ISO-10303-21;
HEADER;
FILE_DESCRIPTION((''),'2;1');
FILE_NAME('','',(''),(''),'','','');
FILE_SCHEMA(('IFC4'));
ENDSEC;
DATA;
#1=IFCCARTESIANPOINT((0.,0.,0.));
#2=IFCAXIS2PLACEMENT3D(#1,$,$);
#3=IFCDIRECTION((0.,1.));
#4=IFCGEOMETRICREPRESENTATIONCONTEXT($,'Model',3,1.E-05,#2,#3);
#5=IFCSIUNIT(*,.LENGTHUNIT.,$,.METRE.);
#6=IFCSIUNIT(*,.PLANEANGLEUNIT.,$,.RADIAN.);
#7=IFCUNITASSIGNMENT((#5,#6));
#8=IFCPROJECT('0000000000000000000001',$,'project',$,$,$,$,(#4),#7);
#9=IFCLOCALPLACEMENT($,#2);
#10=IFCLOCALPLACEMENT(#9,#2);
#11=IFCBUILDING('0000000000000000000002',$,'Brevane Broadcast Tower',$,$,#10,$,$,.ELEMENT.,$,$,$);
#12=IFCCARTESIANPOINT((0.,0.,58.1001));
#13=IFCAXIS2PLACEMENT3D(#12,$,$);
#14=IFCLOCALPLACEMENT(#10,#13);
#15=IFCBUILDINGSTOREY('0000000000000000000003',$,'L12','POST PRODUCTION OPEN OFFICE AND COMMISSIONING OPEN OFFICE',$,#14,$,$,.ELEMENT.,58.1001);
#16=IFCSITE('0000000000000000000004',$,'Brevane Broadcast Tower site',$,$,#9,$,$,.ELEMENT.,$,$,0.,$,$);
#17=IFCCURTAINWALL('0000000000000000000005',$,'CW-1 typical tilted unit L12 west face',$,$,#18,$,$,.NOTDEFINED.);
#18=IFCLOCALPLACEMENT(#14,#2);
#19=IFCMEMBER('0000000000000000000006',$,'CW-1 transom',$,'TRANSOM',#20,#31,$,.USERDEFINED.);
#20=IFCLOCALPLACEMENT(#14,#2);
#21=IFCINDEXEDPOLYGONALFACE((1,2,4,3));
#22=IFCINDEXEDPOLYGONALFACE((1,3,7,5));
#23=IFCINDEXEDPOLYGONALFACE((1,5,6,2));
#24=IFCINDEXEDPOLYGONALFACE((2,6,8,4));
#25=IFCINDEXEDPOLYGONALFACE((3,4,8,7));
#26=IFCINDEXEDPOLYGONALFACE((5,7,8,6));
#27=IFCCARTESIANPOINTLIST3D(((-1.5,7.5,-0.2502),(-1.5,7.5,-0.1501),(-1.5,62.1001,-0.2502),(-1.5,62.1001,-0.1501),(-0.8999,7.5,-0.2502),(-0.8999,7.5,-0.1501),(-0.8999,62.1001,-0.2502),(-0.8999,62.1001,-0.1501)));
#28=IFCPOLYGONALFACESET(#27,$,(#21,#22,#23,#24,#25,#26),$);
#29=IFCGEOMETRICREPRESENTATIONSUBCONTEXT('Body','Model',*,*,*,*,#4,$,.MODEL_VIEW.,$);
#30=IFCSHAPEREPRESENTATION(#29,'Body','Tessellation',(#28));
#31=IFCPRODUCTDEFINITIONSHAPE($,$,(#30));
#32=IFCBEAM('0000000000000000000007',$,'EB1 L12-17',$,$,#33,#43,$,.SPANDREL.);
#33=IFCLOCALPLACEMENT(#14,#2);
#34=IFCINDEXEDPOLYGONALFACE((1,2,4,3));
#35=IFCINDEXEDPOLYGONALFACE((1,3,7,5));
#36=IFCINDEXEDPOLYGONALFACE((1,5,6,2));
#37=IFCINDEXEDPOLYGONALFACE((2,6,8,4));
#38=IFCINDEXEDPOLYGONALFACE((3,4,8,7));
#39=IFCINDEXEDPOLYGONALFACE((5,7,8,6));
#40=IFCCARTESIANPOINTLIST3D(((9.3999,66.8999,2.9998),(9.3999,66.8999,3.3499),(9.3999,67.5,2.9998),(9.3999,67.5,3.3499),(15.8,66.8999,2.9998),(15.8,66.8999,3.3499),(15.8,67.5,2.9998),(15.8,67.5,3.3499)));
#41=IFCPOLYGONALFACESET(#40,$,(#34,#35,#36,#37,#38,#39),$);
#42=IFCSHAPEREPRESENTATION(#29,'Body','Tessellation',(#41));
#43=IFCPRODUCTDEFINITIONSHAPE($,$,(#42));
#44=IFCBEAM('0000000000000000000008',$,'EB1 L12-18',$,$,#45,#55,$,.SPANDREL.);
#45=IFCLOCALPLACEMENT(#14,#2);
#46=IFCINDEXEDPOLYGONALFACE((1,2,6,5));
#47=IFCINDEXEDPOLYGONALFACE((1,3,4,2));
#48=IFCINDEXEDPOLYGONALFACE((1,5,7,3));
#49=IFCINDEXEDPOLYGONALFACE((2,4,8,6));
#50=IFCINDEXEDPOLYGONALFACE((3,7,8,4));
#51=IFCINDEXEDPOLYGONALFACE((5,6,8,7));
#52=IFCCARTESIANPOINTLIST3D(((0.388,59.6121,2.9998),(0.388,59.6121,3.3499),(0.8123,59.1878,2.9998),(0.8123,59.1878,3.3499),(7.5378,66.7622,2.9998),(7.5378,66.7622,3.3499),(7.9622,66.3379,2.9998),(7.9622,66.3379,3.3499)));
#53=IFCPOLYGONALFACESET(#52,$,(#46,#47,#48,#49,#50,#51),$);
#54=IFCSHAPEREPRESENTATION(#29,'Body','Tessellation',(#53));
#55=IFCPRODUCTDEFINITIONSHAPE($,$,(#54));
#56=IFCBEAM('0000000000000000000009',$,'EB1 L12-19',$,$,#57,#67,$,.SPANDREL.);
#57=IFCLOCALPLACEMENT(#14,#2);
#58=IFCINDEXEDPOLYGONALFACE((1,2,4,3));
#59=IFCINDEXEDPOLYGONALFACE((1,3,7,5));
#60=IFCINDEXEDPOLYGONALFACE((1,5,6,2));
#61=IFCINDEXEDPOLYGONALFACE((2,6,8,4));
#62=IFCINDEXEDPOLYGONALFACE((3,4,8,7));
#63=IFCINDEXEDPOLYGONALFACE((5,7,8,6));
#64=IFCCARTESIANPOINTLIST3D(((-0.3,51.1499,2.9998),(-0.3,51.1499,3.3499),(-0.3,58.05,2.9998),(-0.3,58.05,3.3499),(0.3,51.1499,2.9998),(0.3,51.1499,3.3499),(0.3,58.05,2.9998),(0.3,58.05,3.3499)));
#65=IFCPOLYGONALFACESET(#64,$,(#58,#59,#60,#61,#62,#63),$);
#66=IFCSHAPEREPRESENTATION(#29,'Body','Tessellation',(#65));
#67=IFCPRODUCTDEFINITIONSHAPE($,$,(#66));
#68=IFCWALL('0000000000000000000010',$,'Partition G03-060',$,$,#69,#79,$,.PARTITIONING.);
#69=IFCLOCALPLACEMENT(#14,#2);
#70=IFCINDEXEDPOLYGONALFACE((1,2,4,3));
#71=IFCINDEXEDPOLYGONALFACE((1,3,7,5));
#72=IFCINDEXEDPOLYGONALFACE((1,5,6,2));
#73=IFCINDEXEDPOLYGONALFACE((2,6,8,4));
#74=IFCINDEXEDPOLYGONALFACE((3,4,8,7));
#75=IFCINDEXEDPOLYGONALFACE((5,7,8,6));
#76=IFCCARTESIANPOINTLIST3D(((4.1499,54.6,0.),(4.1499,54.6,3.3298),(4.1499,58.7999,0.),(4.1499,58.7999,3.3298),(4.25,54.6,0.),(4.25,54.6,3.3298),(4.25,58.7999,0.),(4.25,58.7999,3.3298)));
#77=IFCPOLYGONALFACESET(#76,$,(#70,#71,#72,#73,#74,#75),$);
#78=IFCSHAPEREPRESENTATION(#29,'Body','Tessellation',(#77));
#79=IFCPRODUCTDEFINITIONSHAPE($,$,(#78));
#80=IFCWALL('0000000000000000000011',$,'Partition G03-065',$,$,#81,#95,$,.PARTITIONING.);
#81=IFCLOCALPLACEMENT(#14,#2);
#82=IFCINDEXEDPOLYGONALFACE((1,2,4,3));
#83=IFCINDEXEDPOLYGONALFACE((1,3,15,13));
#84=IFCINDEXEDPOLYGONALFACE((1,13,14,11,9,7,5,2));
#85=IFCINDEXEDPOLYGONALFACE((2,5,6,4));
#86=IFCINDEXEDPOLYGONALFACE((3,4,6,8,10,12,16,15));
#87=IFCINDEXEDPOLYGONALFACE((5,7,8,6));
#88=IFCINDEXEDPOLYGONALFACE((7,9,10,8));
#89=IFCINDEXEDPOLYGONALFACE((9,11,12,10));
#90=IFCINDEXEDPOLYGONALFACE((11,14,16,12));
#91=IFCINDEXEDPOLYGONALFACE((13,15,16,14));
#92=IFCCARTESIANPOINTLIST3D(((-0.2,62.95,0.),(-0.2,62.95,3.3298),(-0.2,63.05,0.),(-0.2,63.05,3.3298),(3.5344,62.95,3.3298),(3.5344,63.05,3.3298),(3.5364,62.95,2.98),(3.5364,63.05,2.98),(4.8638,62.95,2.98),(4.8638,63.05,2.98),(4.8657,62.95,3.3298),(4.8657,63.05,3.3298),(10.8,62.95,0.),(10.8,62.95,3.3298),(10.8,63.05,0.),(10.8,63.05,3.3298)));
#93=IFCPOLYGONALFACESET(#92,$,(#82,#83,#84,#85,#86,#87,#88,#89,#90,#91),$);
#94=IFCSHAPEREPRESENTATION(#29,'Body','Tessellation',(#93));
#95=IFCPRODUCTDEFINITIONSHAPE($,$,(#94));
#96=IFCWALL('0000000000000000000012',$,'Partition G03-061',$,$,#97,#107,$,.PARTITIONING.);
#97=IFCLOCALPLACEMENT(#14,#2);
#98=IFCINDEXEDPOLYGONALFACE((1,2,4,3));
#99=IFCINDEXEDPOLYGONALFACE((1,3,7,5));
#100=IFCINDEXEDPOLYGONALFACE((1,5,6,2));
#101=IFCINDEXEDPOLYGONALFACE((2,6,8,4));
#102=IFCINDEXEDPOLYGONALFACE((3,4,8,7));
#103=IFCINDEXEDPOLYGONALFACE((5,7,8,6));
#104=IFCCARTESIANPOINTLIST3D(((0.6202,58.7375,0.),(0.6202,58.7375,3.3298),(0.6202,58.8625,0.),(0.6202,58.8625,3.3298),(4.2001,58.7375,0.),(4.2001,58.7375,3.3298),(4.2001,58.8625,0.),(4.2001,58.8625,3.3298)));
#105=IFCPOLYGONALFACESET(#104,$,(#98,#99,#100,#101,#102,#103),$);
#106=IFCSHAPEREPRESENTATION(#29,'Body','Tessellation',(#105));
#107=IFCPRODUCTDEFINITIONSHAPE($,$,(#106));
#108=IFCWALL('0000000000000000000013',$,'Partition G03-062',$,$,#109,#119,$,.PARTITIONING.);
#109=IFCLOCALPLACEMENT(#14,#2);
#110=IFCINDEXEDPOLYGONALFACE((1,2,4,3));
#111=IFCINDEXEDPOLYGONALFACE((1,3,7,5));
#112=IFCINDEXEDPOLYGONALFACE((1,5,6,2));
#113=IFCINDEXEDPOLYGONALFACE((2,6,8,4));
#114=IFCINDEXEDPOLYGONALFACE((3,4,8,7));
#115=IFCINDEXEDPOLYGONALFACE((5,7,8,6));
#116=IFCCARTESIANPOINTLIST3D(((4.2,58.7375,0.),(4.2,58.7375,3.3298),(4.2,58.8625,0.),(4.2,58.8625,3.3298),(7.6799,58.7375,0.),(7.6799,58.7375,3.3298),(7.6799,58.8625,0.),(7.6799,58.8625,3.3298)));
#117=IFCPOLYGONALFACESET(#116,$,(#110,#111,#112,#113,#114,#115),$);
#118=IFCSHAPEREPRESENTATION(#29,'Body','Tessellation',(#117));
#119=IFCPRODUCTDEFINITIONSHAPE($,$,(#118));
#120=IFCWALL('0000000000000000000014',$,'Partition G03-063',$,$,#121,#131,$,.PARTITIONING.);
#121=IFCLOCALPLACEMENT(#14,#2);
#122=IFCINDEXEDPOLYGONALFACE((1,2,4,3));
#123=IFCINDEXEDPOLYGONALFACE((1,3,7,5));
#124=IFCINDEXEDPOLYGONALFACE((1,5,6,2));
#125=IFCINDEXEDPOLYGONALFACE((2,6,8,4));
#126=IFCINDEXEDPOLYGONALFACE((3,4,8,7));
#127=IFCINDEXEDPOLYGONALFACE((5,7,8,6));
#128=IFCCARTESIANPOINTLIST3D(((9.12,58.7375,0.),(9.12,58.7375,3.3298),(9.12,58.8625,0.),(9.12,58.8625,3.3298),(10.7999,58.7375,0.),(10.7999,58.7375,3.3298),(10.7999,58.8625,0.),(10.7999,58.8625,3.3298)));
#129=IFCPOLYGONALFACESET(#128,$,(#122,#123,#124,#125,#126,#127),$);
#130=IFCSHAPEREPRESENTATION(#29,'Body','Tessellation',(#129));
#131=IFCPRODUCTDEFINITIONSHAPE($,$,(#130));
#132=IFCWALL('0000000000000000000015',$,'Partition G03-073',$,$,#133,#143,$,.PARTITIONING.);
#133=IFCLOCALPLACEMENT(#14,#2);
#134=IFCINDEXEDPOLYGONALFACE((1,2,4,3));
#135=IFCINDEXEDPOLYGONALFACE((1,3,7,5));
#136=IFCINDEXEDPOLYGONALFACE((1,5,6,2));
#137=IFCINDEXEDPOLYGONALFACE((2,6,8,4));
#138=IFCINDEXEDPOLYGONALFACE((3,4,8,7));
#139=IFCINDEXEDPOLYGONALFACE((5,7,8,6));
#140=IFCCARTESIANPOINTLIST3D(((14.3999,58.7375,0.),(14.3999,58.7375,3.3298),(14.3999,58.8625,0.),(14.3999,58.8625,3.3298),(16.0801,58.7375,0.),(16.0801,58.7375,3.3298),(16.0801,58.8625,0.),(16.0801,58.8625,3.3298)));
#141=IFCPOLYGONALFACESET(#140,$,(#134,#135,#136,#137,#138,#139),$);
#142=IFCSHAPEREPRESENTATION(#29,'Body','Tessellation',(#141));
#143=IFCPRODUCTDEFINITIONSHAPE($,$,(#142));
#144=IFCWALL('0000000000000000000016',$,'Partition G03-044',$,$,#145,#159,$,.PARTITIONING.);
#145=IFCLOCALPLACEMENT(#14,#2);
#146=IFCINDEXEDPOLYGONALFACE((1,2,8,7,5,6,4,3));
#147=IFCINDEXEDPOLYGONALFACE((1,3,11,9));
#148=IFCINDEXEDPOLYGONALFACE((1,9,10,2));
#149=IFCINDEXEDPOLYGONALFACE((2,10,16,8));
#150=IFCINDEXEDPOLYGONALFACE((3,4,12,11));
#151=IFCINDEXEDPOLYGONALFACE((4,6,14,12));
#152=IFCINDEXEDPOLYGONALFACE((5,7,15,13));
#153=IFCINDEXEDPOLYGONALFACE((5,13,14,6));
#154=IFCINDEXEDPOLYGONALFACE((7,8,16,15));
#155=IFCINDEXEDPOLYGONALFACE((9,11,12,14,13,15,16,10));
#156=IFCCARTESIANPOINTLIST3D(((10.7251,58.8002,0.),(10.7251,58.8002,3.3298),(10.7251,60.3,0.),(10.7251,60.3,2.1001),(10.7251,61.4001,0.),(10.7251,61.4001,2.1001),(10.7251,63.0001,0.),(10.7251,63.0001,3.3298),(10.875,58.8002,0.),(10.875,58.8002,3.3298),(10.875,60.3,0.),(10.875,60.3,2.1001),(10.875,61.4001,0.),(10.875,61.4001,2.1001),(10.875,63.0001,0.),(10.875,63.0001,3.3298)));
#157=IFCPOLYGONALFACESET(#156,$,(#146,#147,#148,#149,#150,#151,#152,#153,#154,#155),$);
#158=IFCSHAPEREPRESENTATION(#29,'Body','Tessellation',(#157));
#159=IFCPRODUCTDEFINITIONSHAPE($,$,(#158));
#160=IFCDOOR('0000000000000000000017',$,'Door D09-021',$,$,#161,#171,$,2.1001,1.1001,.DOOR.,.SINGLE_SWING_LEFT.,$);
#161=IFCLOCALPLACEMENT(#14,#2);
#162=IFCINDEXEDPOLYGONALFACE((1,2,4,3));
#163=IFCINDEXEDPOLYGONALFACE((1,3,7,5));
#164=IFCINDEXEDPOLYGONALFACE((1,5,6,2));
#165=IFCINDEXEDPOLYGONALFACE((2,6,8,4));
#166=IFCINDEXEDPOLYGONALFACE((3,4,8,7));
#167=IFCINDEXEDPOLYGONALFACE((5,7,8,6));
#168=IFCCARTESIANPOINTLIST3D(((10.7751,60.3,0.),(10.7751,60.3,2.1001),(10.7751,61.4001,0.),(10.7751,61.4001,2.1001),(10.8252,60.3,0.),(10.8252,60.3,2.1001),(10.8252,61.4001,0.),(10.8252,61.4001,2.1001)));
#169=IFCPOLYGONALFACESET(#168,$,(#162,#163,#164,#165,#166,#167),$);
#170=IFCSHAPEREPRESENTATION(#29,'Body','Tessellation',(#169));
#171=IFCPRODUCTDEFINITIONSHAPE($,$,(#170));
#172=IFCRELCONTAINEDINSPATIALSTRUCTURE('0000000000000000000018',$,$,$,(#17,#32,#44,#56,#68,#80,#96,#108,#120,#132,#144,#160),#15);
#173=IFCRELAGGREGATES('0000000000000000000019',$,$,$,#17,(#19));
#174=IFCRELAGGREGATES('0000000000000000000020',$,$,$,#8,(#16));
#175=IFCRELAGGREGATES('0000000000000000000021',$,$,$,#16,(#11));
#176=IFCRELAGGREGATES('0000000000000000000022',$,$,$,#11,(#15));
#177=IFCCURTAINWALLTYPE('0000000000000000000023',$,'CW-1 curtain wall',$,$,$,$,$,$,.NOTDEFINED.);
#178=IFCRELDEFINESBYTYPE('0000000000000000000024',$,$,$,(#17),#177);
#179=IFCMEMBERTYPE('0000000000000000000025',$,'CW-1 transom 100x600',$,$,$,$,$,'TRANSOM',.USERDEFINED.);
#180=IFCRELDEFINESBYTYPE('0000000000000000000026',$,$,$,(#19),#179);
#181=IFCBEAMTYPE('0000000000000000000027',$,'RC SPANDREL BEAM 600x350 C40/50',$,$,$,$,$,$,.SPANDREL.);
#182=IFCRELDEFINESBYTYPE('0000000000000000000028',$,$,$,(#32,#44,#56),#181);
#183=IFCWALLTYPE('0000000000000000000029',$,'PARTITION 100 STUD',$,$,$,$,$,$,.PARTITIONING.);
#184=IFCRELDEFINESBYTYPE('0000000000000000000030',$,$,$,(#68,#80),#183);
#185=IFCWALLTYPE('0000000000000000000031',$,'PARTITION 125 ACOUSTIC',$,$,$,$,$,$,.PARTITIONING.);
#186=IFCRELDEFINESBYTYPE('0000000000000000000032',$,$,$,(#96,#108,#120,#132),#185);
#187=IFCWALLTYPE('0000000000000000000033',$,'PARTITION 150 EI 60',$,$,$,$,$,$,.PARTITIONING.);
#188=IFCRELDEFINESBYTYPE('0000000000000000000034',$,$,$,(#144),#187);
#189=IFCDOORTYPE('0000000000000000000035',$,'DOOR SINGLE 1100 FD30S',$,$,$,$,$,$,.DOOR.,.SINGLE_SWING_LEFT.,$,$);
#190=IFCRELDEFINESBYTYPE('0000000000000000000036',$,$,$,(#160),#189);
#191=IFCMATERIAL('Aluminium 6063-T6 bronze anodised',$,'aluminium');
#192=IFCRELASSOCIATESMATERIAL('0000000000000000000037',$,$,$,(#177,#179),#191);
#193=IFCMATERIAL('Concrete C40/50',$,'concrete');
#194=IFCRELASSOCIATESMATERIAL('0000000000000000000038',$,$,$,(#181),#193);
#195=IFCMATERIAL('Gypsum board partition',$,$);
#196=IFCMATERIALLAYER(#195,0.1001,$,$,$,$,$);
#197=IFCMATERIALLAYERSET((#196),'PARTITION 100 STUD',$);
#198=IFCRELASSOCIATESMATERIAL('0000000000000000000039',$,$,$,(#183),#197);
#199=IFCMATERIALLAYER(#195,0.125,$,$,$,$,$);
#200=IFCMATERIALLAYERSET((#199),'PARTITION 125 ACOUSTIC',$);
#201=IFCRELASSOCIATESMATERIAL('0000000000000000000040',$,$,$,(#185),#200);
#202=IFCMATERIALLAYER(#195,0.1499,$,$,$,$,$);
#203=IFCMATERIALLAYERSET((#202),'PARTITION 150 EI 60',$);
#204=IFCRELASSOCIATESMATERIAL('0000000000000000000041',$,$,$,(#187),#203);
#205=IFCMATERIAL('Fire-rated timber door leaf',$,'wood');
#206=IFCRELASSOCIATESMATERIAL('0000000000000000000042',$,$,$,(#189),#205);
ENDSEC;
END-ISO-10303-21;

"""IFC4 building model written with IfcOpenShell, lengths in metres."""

from ifc_helpers import new_model, si_unit, direction, frame, frame_2d, origin, origin_2d, place, context, subcontext, project, spatial, polyline, rectangle, outline, extrude, material, layer, layer_set, material_profile, profile_set, type_object, element, fill, aggregate, save


model = new_model("IFC4")

# Units and contexts
model_context = context("Model", 3, precision=1e-05, world=origin(), true_north=direction((0.0, 1.0)))
body_context = subcontext(model_context, "Body", "Model", "MODEL_VIEW")
ifc_project = project(units=[si_unit("LENGTHUNIT", "METRE"), si_unit("PLANEANGLEUNIT", "RADIAN")], contexts=[model_context])

# Site, building, storey
site_placement = place(None, origin())
site = spatial("IfcSite", under=ifc_project, at=site_placement, Name="Brevane Broadcast Tower site", CompositionType="ELEMENT", RefElevation=0.0)
building_placement = place(site_placement, origin())
building = spatial("IfcBuilding", under=site, at=building_placement, Name="Brevane Broadcast Tower", CompositionType="ELEMENT")
storey_placement = place(building_placement, frame((0.0, 0.0, 58.1001)))
storey = spatial("IfcBuildingStorey", under=building, at=storey_placement, Name="L12", Description="POST PRODUCTION OPEN OFFICE AND COMMISSIONING OPEN OFFICE", CompositionType="ELEMENT", Elevation=58.1001)

# Shared definitions
ifc_material_1 = material(Name="Aluminium 6063-T6 bronze anodised", Category="aluminium")
curtain_wall_type = type_object("IfcCurtainWallType", Name="CW-1 curtain wall", PredefinedType="NOTDEFINED", material=ifc_material_1)

# Curtain wall
curtain_wall_1_placement = place(storey_placement, origin())
curtain_wall_1 = element("IfcCurtainWall", 1, at=curtain_wall_1_placement, inside=storey, type_object=curtain_wall_type, Name="CW-1 typical tilted unit L12 west face", PredefinedType="NOTDEFINED")

# Member
ifc_material_profile_1 = material_profile(ifc_material_1, rectangle(XDim=0.6001, YDim=0.1001, at=origin_2d()), Name="RECT 100x600")
ifc_profile_set_1 = profile_set([ifc_material_profile_1], Name="Aluminium 6063-T6 bronze anodised")
member_type_1 = type_object("IfcMemberType", Name="CW-1 transom 100x600", ElementType="TRANSOM", PredefinedType="USERDEFINED", material=ifc_profile_set_1)
member_1_placement = place(storey_placement, frame((-1.2, 62.1001, -0.2002), z_axis=(0.0, -1.0, 0.0), x_axis=(1.0, 0.0, 0.0)))
member_1 = element("IfcMember", 2, at=member_1_placement, type_object=member_type_1, Name="CW-1 transom", ObjectType="TRANSOM", PredefinedType="USERDEFINED", context=body_context, shape_type="SweptSolid", body=[
    extrude(rectangle(XDim=0.6001, YDim=0.1001, at=origin_2d()), origin(), (0.0, 0.0, 1.0), 54.6001),
])
aggregate(curtain_wall_1, [member_1])

# Beams
ifc_material_2 = material(Name="Concrete C40/50", Category="concrete")
ifc_material_profile_2 = material_profile(ifc_material_2, rectangle(XDim=0.6001, YDim=0.3501, at=origin_2d()), Name="RC 600x350")
ifc_profile_set_2 = profile_set([ifc_material_profile_2], Name="Concrete C40/50")
beam_type = type_object("IfcBeamType", Name="RC SPANDREL BEAM 600x350 C40/50", PredefinedType="SPANDREL", material=ifc_profile_set_2)
beam_1_placement = place(storey_placement, frame((15.8, 67.2, 3.1748), z_axis=(-1.0, 0.0, 0.0), x_axis=(0.0, -1.0, 0.0)))
element("IfcBeam", 3, at=beam_1_placement, inside=storey, type_object=beam_type, Name="EB1 L12-17", PredefinedType="SPANDREL", context=body_context, shape_type="SweptSolid", body=[
    extrude(rectangle(XDim=0.6001, YDim=0.3501, at=origin_2d()), origin(), (0.0, 0.0, 1.0), 6.4001),
])
beam_2_placement = place(storey_placement, frame((7.75, 66.55, 3.1748), z_axis=(-0.707095, -0.707119, 0.0), x_axis=(0.707119, -0.707095, 0.0)))
element("IfcBeam", 4, at=beam_2_placement, inside=storey, type_object=beam_type, Name="EB1 L12-18", PredefinedType="SPANDREL", context=body_context, shape_type="SweptSolid", body=[
    extrude(rectangle(XDim=0.6001, YDim=0.3501, at=origin_2d()), origin(), (0.0, 0.0, 1.0), 10.1116),
])
beam_3_placement = place(storey_placement, frame((0.0, 58.05, 3.1748), z_axis=(0.0, -1.0, 0.0), x_axis=(1.0, 0.0, 0.0)))
element("IfcBeam", 5, at=beam_3_placement, inside=storey, type_object=beam_type, Name="EB1 L12-19", PredefinedType="SPANDREL", context=body_context, shape_type="SweptSolid", body=[
    extrude(rectangle(XDim=0.6001, YDim=0.3501, at=origin_2d()), origin(), (0.0, 0.0, 1.0), 6.9001),
])

# Walls
ifc_material_3 = material(Name="Gypsum board partition")
ifc_layer_1 = layer(ifc_material_3, 0.1001)
ifc_layer_set_1 = layer_set([ifc_layer_1], Name="PARTITION 100 STUD")
wall_type_1 = type_object("IfcWallType", Name="PARTITION 100 STUD", PredefinedType="PARTITIONING", material=ifc_layer_set_1)
wall_1_placement = place(storey_placement, frame((4.2, 58.8, 0.0), z_axis=(0.0, 0.0, 1.0), x_axis=(0.0, -1.0, 0.0)))
element("IfcWall", 6, at=wall_1_placement, inside=storey, type_object=wall_type_1, Name="Partition G03-060", PredefinedType="PARTITIONING", context=body_context, shape_type="SweptSolid", body=[
    extrude(rectangle(XDim=4.2, YDim=0.1001, at=frame_2d((2.1001, 0.0))), origin(), (0.0, 0.0, 1.0), 3.3298),
])
wall_2_placement = place(storey_placement, frame((-0.2, 63.0, 0.0), z_axis=(0.0, 0.0, 1.0), x_axis=(1.0, 0.0, 0.0)))
element("IfcWall", 7, at=wall_2_placement, inside=storey, type_object=wall_type_1, Name="Partition G03-065", PredefinedType="PARTITIONING", context=body_context, shape_type="SweptSolid", body=[
    extrude(outline(polyline([(0.0, 0.0), (11.0, 0.0), (11.0, 3.3298), (5.0657, 3.3298), (5.0637, 2.98), (3.7363, 2.98), (3.7344, 3.3298), (0.0, 3.3298), (0.0, 0.0)])), frame((0.0, 0.05, 0.0), z_axis=(0.0, -1.0, 0.0), x_axis=(1.0, 0.0, 0.0)), (0.0, 0.0, 1.0), 0.1001),
])
ifc_layer_2 = layer(ifc_material_3, 0.125)
ifc_layer_set_2 = layer_set([ifc_layer_2], Name="PARTITION 125 ACOUSTIC")
wall_type_2 = type_object("IfcWallType", Name="PARTITION 125 ACOUSTIC", PredefinedType="PARTITIONING", material=ifc_layer_set_2)
wall_3_placement = place(storey_placement, frame((0.6201, 58.8, 0.0), z_axis=(0.0, 0.0, 1.0), x_axis=(1.0, 0.0, 0.0)))
element("IfcWall", 8, at=wall_3_placement, inside=storey, type_object=wall_type_2, Name="Partition G03-061", PredefinedType="PARTITIONING", context=body_context, shape_type="SweptSolid", body=[
    extrude(rectangle(XDim=3.5798, YDim=0.125, at=frame_2d((1.79, 0.0))), origin(), (0.0, 0.0, 1.0), 3.3298),
])
wall_4_placement = place(storey_placement, frame((4.2, 58.8, 0.0), z_axis=(0.0, 0.0, 1.0), x_axis=(1.0, 0.0, 0.0)))
element("IfcWall", 9, at=wall_4_placement, inside=storey, type_object=wall_type_2, Name="Partition G03-062", PredefinedType="PARTITIONING", context=body_context, shape_type="SweptSolid", body=[
    extrude(rectangle(XDim=3.48, YDim=0.125, at=frame_2d((1.74, 0.0))), origin(), (0.0, 0.0, 1.0), 3.3298),
])
wall_5_placement = place(storey_placement, frame((9.1201, 58.8, 0.0), z_axis=(0.0, 0.0, 1.0), x_axis=(1.0, 0.0, 0.0)))
element("IfcWall", 10, at=wall_5_placement, inside=storey, type_object=wall_type_2, Name="Partition G03-063", PredefinedType="PARTITIONING", context=body_context, shape_type="SweptSolid", body=[
    extrude(rectangle(XDim=1.6799, YDim=0.125, at=frame_2d((0.8398, 0.0))), origin(), (0.0, 0.0, 1.0), 3.3298),
])
wall_6_placement = place(storey_placement, frame((14.3999, 58.8, 0.0), z_axis=(0.0, 0.0, 1.0), x_axis=(1.0, 0.0, 0.0)))
element("IfcWall", 11, at=wall_6_placement, inside=storey, type_object=wall_type_2, Name="Partition G03-073", PredefinedType="PARTITIONING", context=body_context, shape_type="SweptSolid", body=[
    extrude(rectangle(XDim=1.6802, YDim=0.125, at=frame_2d((0.8401, 0.0))), origin(), (0.0, 0.0, 1.0), 3.3298),
])

# Wall, opening, door
ifc_layer_3 = layer(ifc_material_3, 0.1499)
ifc_layer_set_3 = layer_set([ifc_layer_3], Name="PARTITION 150 EI 60")
wall_type_3 = type_object("IfcWallType", Name="PARTITION 150 EI 60", PredefinedType="PARTITIONING", material=ifc_layer_set_3)
wall_7_placement = place(storey_placement, frame((10.8, 58.8, 0.0), z_axis=(0.0, 0.0, 1.0), x_axis=(0.0, 1.0, 0.0)))
wall_7 = element("IfcWall", 12, at=wall_7_placement, inside=storey, type_object=wall_type_3, Name="Partition G03-044", PredefinedType="PARTITIONING", context=body_context, shape_type="SweptSolid", body=[
    extrude(rectangle(XDim=4.2, YDim=0.1499, at=frame_2d((2.1001, 0.0))), origin(), (0.0, 0.0, 1.0), 3.3298),
])
opening_1_placement = place(wall_7_placement, frame((1.5, 0.0, 0.0)))
opening_1 = element("IfcOpeningElement", 13, at=opening_1_placement, cuts=wall_7, PredefinedType="OPENING", context=body_context, shape_type="SweptSolid", body=[
    extrude(rectangle(XDim=1.1001, YDim=2.1001, at=frame_2d((0.55, 1.05))), frame((0.0, 0.085, 0.0), z_axis=(0.0, -1.0, 0.0), x_axis=(1.0, 0.0, 0.0)), (0.0, 0.0, 1.0), 0.1699),
])
ifc_material_4 = material(Name="Fire-rated timber door leaf", Category="wood")
door_type_1 = type_object("IfcDoorType", Name="DOOR SINGLE 1100 FD30S", OperationType="SINGLE_SWING_LEFT", PredefinedType="DOOR", material=ifc_material_4)
door_1_placement = place(opening_1_placement, origin())
door_1 = element("IfcDoor", 14, at=door_1_placement, inside=storey, type_object=door_type_1, Name="Door D09-021", OperationType="SINGLE_SWING_LEFT", OverallHeight=2.1001, OverallWidth=1.1001, PredefinedType="DOOR", context=body_context, shape_type="SweptSolid", body=[
    extrude(rectangle(XDim=1.1001, YDim=2.1001, at=frame_2d((0.55, 1.05))), frame((0.0, 0.0249, 0.0), z_axis=(0.0, -1.0, 0.0), x_axis=(1.0, 0.0, 0.0)), (0.0, 0.0, 1.0), 0.05),
])
fill(opening_1, door_1)

save(model, "model.ifc")
